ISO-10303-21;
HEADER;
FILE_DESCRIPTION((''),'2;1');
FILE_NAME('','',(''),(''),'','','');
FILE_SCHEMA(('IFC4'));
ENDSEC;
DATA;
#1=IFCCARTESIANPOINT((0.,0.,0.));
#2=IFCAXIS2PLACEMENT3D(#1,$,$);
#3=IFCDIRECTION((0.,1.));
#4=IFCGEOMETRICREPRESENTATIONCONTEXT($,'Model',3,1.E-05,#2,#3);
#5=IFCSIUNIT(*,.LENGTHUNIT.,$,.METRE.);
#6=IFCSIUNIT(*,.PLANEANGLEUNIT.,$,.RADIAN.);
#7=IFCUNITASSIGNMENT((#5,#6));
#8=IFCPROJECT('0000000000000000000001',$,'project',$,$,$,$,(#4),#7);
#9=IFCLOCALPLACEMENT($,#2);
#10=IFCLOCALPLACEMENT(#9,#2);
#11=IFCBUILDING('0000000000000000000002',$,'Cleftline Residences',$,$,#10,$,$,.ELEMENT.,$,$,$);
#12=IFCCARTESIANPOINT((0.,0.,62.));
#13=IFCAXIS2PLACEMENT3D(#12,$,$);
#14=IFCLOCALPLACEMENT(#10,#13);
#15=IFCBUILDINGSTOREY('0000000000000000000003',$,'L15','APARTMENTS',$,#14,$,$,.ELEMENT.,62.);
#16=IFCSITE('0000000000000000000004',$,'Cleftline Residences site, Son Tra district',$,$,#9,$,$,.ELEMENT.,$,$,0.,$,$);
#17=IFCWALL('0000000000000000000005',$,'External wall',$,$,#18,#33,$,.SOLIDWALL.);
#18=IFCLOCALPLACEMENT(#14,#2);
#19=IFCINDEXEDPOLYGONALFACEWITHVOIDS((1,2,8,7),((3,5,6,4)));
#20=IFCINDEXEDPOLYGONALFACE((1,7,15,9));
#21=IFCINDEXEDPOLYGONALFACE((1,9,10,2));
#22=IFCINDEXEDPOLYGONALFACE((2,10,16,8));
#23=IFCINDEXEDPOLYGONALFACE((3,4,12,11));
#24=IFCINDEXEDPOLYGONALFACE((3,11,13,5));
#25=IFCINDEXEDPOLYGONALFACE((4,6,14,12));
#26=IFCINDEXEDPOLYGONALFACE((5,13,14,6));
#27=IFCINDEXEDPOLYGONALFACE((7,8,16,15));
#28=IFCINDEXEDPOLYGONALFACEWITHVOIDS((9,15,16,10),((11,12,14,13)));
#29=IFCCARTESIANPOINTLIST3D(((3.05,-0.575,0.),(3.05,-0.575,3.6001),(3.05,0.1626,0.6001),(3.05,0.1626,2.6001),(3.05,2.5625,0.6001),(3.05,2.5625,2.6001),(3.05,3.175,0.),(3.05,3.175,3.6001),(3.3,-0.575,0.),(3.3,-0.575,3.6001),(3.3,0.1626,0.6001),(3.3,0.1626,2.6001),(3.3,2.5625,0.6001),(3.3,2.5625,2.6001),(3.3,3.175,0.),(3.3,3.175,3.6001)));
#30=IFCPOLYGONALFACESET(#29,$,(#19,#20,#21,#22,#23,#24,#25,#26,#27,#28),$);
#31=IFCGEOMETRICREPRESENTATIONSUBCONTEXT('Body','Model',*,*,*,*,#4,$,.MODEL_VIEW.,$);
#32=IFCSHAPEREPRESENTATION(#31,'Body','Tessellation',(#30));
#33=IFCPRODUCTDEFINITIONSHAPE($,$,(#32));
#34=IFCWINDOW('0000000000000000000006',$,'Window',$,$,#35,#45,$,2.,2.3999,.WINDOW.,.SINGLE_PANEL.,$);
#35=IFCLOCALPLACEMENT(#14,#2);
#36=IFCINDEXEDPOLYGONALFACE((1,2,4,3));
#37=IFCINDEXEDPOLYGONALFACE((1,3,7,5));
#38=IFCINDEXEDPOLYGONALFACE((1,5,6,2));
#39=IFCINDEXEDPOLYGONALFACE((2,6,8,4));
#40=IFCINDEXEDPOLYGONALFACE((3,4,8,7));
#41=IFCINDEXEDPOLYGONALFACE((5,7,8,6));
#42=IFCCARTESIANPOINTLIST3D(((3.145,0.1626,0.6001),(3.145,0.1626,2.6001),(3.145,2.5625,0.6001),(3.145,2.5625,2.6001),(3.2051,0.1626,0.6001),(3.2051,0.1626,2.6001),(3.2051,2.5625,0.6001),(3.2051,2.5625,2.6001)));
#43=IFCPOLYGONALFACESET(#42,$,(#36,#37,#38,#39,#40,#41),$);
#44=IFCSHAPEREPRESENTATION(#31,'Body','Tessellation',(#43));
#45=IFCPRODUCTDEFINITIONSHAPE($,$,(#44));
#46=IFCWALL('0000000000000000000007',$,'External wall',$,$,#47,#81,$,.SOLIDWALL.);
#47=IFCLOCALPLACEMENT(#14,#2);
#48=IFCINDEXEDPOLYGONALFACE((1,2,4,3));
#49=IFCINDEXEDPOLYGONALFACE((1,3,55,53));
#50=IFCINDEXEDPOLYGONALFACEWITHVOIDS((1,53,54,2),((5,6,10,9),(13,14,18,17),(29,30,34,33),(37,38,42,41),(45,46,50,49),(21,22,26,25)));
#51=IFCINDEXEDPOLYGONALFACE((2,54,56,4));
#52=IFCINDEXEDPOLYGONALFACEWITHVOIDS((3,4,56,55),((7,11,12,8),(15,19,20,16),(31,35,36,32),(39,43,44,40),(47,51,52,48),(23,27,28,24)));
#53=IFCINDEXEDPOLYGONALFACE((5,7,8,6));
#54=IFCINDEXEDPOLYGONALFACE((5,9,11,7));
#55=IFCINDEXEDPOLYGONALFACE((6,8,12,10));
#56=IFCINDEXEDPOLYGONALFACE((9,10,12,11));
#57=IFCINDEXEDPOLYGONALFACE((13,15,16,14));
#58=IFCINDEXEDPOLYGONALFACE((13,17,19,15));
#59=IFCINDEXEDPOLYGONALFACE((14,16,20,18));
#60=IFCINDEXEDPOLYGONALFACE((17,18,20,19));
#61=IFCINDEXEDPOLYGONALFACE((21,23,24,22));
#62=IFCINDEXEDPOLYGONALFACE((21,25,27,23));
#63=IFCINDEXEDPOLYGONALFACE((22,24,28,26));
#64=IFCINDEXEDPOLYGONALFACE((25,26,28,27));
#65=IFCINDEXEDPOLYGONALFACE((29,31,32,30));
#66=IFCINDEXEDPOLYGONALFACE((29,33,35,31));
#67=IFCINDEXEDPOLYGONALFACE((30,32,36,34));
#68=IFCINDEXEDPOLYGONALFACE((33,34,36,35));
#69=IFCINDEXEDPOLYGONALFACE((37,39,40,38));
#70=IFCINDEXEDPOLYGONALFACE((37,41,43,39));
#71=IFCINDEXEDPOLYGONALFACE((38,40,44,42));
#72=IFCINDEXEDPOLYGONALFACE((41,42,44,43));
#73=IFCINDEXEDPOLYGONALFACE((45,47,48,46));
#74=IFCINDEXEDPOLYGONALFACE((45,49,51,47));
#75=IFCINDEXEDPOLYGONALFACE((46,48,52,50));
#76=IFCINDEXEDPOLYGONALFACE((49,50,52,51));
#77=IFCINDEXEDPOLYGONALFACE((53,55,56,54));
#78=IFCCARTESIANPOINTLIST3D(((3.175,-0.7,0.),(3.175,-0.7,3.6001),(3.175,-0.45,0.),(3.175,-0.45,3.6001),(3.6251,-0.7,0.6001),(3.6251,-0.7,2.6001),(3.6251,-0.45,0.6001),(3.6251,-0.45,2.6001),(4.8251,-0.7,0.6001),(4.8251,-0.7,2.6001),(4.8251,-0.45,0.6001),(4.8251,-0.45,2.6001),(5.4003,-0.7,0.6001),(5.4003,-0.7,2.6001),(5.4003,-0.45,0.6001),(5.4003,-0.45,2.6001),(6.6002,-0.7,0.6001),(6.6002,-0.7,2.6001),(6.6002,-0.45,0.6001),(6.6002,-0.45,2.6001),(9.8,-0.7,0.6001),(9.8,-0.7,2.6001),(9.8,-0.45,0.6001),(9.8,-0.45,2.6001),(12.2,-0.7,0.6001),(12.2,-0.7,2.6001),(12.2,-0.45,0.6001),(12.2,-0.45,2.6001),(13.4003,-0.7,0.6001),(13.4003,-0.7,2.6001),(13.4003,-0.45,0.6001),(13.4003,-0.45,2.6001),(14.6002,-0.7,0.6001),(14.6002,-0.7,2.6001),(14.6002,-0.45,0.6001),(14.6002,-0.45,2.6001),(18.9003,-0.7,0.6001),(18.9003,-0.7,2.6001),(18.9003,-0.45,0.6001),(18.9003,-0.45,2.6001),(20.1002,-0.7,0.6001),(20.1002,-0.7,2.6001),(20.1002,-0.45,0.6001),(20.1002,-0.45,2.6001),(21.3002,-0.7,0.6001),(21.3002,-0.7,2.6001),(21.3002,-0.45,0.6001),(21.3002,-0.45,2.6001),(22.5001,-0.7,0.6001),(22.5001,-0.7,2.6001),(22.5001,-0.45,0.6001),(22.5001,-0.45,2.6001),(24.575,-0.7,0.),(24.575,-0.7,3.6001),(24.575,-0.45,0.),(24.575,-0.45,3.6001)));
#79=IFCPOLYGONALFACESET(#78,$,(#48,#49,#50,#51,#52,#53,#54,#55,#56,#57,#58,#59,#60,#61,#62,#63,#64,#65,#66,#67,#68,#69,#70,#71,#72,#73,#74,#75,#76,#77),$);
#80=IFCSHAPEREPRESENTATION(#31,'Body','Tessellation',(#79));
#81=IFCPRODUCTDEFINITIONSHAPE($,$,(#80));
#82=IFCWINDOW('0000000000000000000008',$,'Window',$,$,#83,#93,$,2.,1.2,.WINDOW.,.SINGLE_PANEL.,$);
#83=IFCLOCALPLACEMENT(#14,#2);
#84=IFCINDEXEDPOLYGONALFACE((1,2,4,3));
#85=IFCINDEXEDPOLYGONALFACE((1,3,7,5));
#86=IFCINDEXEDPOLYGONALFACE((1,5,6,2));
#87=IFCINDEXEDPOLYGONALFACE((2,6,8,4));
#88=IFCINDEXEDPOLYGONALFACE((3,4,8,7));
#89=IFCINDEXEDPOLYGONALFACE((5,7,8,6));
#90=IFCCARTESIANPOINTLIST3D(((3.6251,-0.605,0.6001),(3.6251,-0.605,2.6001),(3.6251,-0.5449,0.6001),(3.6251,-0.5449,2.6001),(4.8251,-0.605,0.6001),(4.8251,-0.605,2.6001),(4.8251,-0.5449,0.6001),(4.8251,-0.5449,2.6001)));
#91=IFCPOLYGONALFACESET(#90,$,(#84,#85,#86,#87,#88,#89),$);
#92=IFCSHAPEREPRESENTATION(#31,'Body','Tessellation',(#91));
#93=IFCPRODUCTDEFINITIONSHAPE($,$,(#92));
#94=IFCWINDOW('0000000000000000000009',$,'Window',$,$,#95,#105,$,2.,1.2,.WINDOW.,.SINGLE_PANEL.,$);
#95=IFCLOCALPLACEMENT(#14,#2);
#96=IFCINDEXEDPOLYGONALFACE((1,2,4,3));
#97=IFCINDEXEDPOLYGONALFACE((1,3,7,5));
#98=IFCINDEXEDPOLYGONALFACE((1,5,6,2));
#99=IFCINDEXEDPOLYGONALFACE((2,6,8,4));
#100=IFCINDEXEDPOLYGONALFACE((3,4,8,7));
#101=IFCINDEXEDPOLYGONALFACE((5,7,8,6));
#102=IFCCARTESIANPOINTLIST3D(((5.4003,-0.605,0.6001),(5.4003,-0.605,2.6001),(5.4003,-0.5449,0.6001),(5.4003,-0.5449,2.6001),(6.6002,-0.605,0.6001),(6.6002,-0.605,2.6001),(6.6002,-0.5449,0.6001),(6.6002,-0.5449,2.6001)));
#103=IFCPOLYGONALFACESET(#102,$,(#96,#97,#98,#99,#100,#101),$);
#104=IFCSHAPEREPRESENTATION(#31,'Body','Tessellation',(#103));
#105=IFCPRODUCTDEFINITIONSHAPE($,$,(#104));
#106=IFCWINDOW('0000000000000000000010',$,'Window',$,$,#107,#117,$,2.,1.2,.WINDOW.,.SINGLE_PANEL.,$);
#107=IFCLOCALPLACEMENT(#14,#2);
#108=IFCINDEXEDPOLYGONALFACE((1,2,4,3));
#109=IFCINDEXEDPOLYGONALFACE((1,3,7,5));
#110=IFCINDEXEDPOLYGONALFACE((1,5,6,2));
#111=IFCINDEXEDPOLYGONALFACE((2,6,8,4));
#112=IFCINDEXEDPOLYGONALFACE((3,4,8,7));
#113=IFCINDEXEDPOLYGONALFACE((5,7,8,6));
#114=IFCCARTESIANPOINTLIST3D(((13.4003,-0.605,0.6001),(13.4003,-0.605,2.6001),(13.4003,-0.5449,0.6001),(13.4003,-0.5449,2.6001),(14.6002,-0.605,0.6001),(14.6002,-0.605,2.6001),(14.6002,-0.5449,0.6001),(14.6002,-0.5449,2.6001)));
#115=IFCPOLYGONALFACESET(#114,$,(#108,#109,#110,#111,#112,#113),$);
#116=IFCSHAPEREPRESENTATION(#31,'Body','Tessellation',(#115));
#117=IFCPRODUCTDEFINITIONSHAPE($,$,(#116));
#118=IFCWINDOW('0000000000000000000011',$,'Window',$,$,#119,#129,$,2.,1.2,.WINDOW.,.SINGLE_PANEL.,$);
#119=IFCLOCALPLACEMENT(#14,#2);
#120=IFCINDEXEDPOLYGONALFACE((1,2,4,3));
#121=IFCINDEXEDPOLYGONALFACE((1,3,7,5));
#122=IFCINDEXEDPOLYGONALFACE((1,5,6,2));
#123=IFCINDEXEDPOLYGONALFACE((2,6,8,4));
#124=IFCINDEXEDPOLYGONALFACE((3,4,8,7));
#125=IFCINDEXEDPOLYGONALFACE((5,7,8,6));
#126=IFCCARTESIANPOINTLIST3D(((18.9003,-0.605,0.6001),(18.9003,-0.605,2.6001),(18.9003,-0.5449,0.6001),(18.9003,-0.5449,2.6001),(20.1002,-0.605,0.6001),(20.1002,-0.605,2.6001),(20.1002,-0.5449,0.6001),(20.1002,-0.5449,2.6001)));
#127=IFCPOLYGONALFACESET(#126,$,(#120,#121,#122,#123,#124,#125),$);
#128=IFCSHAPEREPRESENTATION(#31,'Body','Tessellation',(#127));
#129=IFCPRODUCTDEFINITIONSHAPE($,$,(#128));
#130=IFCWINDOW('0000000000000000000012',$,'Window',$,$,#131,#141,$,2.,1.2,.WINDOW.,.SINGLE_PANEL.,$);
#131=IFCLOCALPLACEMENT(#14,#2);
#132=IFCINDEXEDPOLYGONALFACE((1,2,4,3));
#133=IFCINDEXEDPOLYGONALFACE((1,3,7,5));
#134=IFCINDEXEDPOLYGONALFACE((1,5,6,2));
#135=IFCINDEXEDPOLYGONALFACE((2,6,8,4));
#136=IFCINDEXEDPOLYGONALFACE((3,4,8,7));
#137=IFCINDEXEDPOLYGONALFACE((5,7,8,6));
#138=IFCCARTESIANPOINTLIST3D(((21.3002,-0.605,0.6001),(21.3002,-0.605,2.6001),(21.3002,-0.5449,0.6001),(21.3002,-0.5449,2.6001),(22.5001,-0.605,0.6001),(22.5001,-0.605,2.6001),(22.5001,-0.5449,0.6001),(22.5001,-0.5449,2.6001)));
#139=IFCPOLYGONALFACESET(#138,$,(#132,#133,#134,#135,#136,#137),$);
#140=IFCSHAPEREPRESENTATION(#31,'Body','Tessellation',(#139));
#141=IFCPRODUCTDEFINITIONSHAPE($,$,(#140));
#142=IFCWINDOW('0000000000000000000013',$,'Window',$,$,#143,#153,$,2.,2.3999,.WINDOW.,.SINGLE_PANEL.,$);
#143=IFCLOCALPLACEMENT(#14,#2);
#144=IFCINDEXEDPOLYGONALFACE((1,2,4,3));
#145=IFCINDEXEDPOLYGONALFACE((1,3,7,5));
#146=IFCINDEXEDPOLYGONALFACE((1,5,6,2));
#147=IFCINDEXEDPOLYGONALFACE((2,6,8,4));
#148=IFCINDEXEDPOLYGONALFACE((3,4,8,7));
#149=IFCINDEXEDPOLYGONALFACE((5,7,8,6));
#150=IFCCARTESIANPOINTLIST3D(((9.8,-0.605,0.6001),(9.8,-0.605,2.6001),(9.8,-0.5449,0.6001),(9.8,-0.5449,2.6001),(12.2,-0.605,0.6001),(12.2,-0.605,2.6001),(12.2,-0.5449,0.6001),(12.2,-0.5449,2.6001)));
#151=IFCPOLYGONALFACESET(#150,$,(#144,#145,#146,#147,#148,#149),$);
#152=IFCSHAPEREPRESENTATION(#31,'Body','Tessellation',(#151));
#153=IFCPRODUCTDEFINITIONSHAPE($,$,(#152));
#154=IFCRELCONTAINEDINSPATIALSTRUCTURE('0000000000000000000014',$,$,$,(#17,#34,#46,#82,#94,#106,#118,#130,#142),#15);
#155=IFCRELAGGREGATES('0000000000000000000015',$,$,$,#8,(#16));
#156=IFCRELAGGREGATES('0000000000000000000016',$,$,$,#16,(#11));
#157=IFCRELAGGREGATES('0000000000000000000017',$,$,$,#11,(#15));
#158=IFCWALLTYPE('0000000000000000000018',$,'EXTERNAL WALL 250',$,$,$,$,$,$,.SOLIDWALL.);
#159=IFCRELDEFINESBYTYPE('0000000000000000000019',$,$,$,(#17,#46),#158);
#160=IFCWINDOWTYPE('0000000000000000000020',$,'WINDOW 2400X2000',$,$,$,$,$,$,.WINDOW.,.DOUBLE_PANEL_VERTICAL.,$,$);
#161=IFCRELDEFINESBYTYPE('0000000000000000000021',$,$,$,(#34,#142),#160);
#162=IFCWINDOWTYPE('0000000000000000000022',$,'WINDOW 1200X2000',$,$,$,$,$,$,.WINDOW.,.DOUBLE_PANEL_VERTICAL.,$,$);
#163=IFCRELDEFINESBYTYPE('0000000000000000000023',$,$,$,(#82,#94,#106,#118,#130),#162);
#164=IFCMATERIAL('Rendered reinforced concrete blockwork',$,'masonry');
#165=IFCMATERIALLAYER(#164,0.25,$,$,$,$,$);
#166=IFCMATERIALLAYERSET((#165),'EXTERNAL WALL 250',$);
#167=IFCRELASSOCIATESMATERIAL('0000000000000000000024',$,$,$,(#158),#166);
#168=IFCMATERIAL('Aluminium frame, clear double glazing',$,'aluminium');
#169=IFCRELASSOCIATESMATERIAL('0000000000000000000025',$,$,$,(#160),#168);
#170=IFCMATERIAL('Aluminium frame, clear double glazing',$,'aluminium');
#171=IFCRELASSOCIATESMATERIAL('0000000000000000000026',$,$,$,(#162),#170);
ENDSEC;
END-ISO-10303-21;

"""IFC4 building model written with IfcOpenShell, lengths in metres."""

from ifc_helpers import new_model, si_unit, direction, frame, frame_2d, origin, place, context, subcontext, project, spatial, rectangle, extrude, material, layer, layer_set, type_object, element, fill, save


model = new_model("IFC4")

# Units and contexts
model_context = context("Model", 3, precision=1e-05, world=origin(), true_north=direction((0.0, 1.0)))
body_context = subcontext(model_context, "Body", "Model", "MODEL_VIEW")
ifc_project = project(units=[si_unit("LENGTHUNIT", "METRE"), si_unit("PLANEANGLEUNIT", "RADIAN")], contexts=[model_context])

# Site, building, storey
site_placement = place(None, origin())
site = spatial("IfcSite", under=ifc_project, at=site_placement, Name="Cleftline Residences site, Son Tra district", CompositionType="ELEMENT", RefElevation=0.0)
building_placement = place(site_placement, origin())
building = spatial("IfcBuilding", under=site, at=building_placement, Name="Cleftline Residences", CompositionType="ELEMENT")
storey_placement = place(building_placement, frame((0.0, 0.0, 62.0)))
storey = spatial("IfcBuildingStorey", under=building, at=storey_placement, Name="L15", Description="APARTMENTS", CompositionType="ELEMENT", Elevation=62.0)

# Wall, opening, window
ifc_material_1 = material(Name="Rendered reinforced concrete blockwork", Category="masonry")
ifc_layer_1 = layer(ifc_material_1, 0.25)
ifc_layer_set_1 = layer_set([ifc_layer_1], Name="EXTERNAL WALL 250")
wall_type_1 = type_object("IfcWallType", Name="EXTERNAL WALL 250", PredefinedType="SOLIDWALL", material=ifc_layer_set_1)
wall_1_placement = place(storey_placement, frame((3.175, 3.175, 0.0), z_axis=(0.0, 0.0, 1.0), x_axis=(0.0, -1.0, 0.0)))
wall_1 = element("IfcWall", 1, at=wall_1_placement, inside=storey, type_object=wall_type_1, Name="External wall", PredefinedType="SOLIDWALL", context=body_context, shape_type="SweptSolid", body=[
    extrude(rectangle(XDim=3.75, YDim=0.25, at=frame_2d((1.875, 0.0))), origin(), (0.0, 0.0, 1.0), 3.6001),
])
opening_1_placement = place(wall_1_placement, frame((0.6125, 0.0, 0.6001)))
opening_1 = element("IfcOpeningElement", 2, at=opening_1_placement, cuts=wall_1, PredefinedType="OPENING", context=body_context, shape_type="SweptSolid", body=[
    extrude(rectangle(XDim=2.3999, YDim=2.0, at=frame_2d((1.2, 1.0))), frame((0.0, 0.135, 0.0), z_axis=(0.0, -1.0, 0.0), x_axis=(1.0, 0.0, 0.0)), (0.0, 0.0, 1.0), 0.27),
])
ifc_material_2 = material(Name="Aluminium frame, clear double glazing", Category="aluminium")
window_type_1 = type_object("IfcWindowType", Name="WINDOW 2400X2000", PartitioningType="DOUBLE_PANEL_VERTICAL", PredefinedType="WINDOW", material=ifc_material_2)
window_1_placement = place(opening_1_placement, origin())
window_1 = element("IfcWindow", 3, at=window_1_placement, inside=storey, type_object=window_type_1, Name="Window", OverallHeight=2.0, OverallWidth=2.3999, PartitioningType="SINGLE_PANEL", PredefinedType="WINDOW", context=body_context, shape_type="SweptSolid", body=[
    extrude(rectangle(XDim=2.3999, YDim=2.0, at=frame_2d((1.2, 1.0))), frame((0.0, 0.03, 0.0), z_axis=(0.0, -1.0, 0.0), x_axis=(1.0, 0.0, 0.0)), (0.0, 0.0, 1.0), 0.0601),
])
fill(opening_1, window_1)

# Wall, openings, windows
wall_2_placement = place(storey_placement, frame((3.175, -0.575, 0.0), z_axis=(0.0, 0.0, 1.0), x_axis=(1.0, 0.0, 0.0)))
wall_2 = element("IfcWall", 4, at=wall_2_placement, inside=storey, type_object=wall_type_1, Name="External wall", PredefinedType="SOLIDWALL", context=body_context, shape_type="SweptSolid", body=[
    extrude(rectangle(XDim=21.3999, YDim=0.25, at=frame_2d((10.7, 0.0))), origin(), (0.0, 0.0, 1.0), 3.6001),
])
opening_2_placement = place(wall_2_placement, frame((0.45, 0.0, 0.6001)))
opening_2 = element("IfcOpeningElement", 5, at=opening_2_placement, cuts=wall_2, PredefinedType="OPENING", context=body_context, shape_type="SweptSolid", body=[
    extrude(rectangle(XDim=1.2, YDim=2.0, at=frame_2d((0.6001, 1.0))), frame((0.0, 0.135, 0.0), z_axis=(0.0, -1.0, 0.0), x_axis=(1.0, 0.0, 0.0)), (0.0, 0.0, 1.0), 0.27),
])
opening_3_placement = place(wall_2_placement, frame((2.2251, 0.0, 0.6001)))
opening_3 = element("IfcOpeningElement", 6, at=opening_3_placement, cuts=wall_2, PredefinedType="OPENING", context=body_context, shape_type="SweptSolid", body=[
    extrude(rectangle(XDim=1.2, YDim=2.0, at=frame_2d((0.6001, 1.0))), frame((0.0, 0.135, 0.0), z_axis=(0.0, -1.0, 0.0), x_axis=(1.0, 0.0, 0.0)), (0.0, 0.0, 1.0), 0.27),
])
opening_4_placement = place(wall_2_placement, frame((6.625, 0.0, 0.6001)))
opening_4 = element("IfcOpeningElement", 7, at=opening_4_placement, cuts=wall_2, PredefinedType="OPENING", context=body_context, shape_type="SweptSolid", body=[
    extrude(rectangle(XDim=2.3999, YDim=2.0, at=frame_2d((1.2, 1.0))), frame((0.0, 0.135, 0.0), z_axis=(0.0, -1.0, 0.0), x_axis=(1.0, 0.0, 0.0)), (0.0, 0.0, 1.0), 0.27),
])
opening_5_placement = place(wall_2_placement, frame((10.2251, 0.0, 0.6001)))
opening_5 = element("IfcOpeningElement", 8, at=opening_5_placement, cuts=wall_2, PredefinedType="OPENING", context=body_context, shape_type="SweptSolid", body=[
    extrude(rectangle(XDim=1.2, YDim=2.0, at=frame_2d((0.6001, 1.0))), frame((0.0, 0.135, 0.0), z_axis=(0.0, -1.0, 0.0), x_axis=(1.0, 0.0, 0.0)), (0.0, 0.0, 1.0), 0.27),
])
opening_6_placement = place(wall_2_placement, frame((15.7251, 0.0, 0.6001)))
opening_6 = element("IfcOpeningElement", 9, at=opening_6_placement, cuts=wall_2, PredefinedType="OPENING", context=body_context, shape_type="SweptSolid", body=[
    extrude(rectangle(XDim=1.2, YDim=2.0, at=frame_2d((0.6001, 1.0))), frame((0.0, 0.135, 0.0), z_axis=(0.0, -1.0, 0.0), x_axis=(1.0, 0.0, 0.0)), (0.0, 0.0, 1.0), 0.27),
])
opening_7_placement = place(wall_2_placement, frame((18.125, 0.0, 0.6001)))
opening_7 = element("IfcOpeningElement", 10, at=opening_7_placement, cuts=wall_2, PredefinedType="OPENING", context=body_context, shape_type="SweptSolid", body=[
    extrude(rectangle(XDim=1.2, YDim=2.0, at=frame_2d((0.6001, 1.0))), frame((0.0, 0.135, 0.0), z_axis=(0.0, -1.0, 0.0), x_axis=(1.0, 0.0, 0.0)), (0.0, 0.0, 1.0), 0.27),
])
ifc_material_3 = material(Name="Aluminium frame, clear double glazing", Category="aluminium")
window_type_2 = type_object("IfcWindowType", Name="WINDOW 1200X2000", PartitioningType="DOUBLE_PANEL_VERTICAL", PredefinedType="WINDOW", material=ifc_material_3)
window_2_placement = place(opening_2_placement, origin())
window_2 = element("IfcWindow", 11, at=window_2_placement, inside=storey, type_object=window_type_2, Name="Window", OverallHeight=2.0, OverallWidth=1.2, PartitioningType="SINGLE_PANEL", PredefinedType="WINDOW", context=body_context, shape_type="SweptSolid", body=[
    extrude(rectangle(XDim=1.2, YDim=2.0, at=frame_2d((0.6001, 1.0))), frame((0.0, 0.03, 0.0), z_axis=(0.0, -1.0, 0.0), x_axis=(1.0, 0.0, 0.0)), (0.0, 0.0, 1.0), 0.0601),
])
fill(opening_2, window_2)
window_3_placement = place(opening_3_placement, origin())
window_3 = element("IfcWindow", 12, at=window_3_placement, inside=storey, type_object=window_type_2, Name="Window", OverallHeight=2.0, OverallWidth=1.2, PartitioningType="SINGLE_PANEL", PredefinedType="WINDOW", context=body_context, shape_type="SweptSolid", body=[
    extrude(rectangle(XDim=1.2, YDim=2.0, at=frame_2d((0.6001, 1.0))), frame((0.0, 0.03, 0.0), z_axis=(0.0, -1.0, 0.0), x_axis=(1.0, 0.0, 0.0)), (0.0, 0.0, 1.0), 0.0601),
])
fill(opening_3, window_3)
window_4_placement = place(opening_5_placement, origin())
window_4 = element("IfcWindow", 13, at=window_4_placement, inside=storey, type_object=window_type_2, Name="Window", OverallHeight=2.0, OverallWidth=1.2, PartitioningType="SINGLE_PANEL", PredefinedType="WINDOW", context=body_context, shape_type="SweptSolid", body=[
    extrude(rectangle(XDim=1.2, YDim=2.0, at=frame_2d((0.6001, 1.0))), frame((0.0, 0.03, 0.0), z_axis=(0.0, -1.0, 0.0), x_axis=(1.0, 0.0, 0.0)), (0.0, 0.0, 1.0), 0.0601),
])
fill(opening_5, window_4)
window_5_placement = place(opening_6_placement, origin())
window_5 = element("IfcWindow", 14, at=window_5_placement, inside=storey, type_object=window_type_2, Name="Window", OverallHeight=2.0, OverallWidth=1.2, PartitioningType="SINGLE_PANEL", PredefinedType="WINDOW", context=body_context, shape_type="SweptSolid", body=[
    extrude(rectangle(XDim=1.2, YDim=2.0, at=frame_2d((0.6001, 1.0))), frame((0.0, 0.03, 0.0), z_axis=(0.0, -1.0, 0.0), x_axis=(1.0, 0.0, 0.0)), (0.0, 0.0, 1.0), 0.0601),
])
fill(opening_6, window_5)
window_6_placement = place(opening_7_placement, origin())
window_6 = element("IfcWindow", 15, at=window_6_placement, inside=storey, type_object=window_type_2, Name="Window", OverallHeight=2.0, OverallWidth=1.2, PartitioningType="SINGLE_PANEL", PredefinedType="WINDOW", context=body_context, shape_type="SweptSolid", body=[
    extrude(rectangle(XDim=1.2, YDim=2.0, at=frame_2d((0.6001, 1.0))), frame((0.0, 0.03, 0.0), z_axis=(0.0, -1.0, 0.0), x_axis=(1.0, 0.0, 0.0)), (0.0, 0.0, 1.0), 0.0601),
])
fill(opening_7, window_6)
window_7_placement = place(opening_4_placement, origin())
window_7 = element("IfcWindow", 16, at=window_7_placement, inside=storey, type_object=window_type_1, Name="Window", OverallHeight=2.0, OverallWidth=2.3999, PartitioningType="SINGLE_PANEL", PredefinedType="WINDOW", context=body_context, shape_type="SweptSolid", body=[
    extrude(rectangle(XDim=2.3999, YDim=2.0, at=frame_2d((1.2, 1.0))), frame((0.0, 0.03, 0.0), z_axis=(0.0, -1.0, 0.0), x_axis=(1.0, 0.0, 0.0)), (0.0, 0.0, 1.0), 0.0601),
])
fill(opening_4, window_7)

save(model, "model.ifc")
